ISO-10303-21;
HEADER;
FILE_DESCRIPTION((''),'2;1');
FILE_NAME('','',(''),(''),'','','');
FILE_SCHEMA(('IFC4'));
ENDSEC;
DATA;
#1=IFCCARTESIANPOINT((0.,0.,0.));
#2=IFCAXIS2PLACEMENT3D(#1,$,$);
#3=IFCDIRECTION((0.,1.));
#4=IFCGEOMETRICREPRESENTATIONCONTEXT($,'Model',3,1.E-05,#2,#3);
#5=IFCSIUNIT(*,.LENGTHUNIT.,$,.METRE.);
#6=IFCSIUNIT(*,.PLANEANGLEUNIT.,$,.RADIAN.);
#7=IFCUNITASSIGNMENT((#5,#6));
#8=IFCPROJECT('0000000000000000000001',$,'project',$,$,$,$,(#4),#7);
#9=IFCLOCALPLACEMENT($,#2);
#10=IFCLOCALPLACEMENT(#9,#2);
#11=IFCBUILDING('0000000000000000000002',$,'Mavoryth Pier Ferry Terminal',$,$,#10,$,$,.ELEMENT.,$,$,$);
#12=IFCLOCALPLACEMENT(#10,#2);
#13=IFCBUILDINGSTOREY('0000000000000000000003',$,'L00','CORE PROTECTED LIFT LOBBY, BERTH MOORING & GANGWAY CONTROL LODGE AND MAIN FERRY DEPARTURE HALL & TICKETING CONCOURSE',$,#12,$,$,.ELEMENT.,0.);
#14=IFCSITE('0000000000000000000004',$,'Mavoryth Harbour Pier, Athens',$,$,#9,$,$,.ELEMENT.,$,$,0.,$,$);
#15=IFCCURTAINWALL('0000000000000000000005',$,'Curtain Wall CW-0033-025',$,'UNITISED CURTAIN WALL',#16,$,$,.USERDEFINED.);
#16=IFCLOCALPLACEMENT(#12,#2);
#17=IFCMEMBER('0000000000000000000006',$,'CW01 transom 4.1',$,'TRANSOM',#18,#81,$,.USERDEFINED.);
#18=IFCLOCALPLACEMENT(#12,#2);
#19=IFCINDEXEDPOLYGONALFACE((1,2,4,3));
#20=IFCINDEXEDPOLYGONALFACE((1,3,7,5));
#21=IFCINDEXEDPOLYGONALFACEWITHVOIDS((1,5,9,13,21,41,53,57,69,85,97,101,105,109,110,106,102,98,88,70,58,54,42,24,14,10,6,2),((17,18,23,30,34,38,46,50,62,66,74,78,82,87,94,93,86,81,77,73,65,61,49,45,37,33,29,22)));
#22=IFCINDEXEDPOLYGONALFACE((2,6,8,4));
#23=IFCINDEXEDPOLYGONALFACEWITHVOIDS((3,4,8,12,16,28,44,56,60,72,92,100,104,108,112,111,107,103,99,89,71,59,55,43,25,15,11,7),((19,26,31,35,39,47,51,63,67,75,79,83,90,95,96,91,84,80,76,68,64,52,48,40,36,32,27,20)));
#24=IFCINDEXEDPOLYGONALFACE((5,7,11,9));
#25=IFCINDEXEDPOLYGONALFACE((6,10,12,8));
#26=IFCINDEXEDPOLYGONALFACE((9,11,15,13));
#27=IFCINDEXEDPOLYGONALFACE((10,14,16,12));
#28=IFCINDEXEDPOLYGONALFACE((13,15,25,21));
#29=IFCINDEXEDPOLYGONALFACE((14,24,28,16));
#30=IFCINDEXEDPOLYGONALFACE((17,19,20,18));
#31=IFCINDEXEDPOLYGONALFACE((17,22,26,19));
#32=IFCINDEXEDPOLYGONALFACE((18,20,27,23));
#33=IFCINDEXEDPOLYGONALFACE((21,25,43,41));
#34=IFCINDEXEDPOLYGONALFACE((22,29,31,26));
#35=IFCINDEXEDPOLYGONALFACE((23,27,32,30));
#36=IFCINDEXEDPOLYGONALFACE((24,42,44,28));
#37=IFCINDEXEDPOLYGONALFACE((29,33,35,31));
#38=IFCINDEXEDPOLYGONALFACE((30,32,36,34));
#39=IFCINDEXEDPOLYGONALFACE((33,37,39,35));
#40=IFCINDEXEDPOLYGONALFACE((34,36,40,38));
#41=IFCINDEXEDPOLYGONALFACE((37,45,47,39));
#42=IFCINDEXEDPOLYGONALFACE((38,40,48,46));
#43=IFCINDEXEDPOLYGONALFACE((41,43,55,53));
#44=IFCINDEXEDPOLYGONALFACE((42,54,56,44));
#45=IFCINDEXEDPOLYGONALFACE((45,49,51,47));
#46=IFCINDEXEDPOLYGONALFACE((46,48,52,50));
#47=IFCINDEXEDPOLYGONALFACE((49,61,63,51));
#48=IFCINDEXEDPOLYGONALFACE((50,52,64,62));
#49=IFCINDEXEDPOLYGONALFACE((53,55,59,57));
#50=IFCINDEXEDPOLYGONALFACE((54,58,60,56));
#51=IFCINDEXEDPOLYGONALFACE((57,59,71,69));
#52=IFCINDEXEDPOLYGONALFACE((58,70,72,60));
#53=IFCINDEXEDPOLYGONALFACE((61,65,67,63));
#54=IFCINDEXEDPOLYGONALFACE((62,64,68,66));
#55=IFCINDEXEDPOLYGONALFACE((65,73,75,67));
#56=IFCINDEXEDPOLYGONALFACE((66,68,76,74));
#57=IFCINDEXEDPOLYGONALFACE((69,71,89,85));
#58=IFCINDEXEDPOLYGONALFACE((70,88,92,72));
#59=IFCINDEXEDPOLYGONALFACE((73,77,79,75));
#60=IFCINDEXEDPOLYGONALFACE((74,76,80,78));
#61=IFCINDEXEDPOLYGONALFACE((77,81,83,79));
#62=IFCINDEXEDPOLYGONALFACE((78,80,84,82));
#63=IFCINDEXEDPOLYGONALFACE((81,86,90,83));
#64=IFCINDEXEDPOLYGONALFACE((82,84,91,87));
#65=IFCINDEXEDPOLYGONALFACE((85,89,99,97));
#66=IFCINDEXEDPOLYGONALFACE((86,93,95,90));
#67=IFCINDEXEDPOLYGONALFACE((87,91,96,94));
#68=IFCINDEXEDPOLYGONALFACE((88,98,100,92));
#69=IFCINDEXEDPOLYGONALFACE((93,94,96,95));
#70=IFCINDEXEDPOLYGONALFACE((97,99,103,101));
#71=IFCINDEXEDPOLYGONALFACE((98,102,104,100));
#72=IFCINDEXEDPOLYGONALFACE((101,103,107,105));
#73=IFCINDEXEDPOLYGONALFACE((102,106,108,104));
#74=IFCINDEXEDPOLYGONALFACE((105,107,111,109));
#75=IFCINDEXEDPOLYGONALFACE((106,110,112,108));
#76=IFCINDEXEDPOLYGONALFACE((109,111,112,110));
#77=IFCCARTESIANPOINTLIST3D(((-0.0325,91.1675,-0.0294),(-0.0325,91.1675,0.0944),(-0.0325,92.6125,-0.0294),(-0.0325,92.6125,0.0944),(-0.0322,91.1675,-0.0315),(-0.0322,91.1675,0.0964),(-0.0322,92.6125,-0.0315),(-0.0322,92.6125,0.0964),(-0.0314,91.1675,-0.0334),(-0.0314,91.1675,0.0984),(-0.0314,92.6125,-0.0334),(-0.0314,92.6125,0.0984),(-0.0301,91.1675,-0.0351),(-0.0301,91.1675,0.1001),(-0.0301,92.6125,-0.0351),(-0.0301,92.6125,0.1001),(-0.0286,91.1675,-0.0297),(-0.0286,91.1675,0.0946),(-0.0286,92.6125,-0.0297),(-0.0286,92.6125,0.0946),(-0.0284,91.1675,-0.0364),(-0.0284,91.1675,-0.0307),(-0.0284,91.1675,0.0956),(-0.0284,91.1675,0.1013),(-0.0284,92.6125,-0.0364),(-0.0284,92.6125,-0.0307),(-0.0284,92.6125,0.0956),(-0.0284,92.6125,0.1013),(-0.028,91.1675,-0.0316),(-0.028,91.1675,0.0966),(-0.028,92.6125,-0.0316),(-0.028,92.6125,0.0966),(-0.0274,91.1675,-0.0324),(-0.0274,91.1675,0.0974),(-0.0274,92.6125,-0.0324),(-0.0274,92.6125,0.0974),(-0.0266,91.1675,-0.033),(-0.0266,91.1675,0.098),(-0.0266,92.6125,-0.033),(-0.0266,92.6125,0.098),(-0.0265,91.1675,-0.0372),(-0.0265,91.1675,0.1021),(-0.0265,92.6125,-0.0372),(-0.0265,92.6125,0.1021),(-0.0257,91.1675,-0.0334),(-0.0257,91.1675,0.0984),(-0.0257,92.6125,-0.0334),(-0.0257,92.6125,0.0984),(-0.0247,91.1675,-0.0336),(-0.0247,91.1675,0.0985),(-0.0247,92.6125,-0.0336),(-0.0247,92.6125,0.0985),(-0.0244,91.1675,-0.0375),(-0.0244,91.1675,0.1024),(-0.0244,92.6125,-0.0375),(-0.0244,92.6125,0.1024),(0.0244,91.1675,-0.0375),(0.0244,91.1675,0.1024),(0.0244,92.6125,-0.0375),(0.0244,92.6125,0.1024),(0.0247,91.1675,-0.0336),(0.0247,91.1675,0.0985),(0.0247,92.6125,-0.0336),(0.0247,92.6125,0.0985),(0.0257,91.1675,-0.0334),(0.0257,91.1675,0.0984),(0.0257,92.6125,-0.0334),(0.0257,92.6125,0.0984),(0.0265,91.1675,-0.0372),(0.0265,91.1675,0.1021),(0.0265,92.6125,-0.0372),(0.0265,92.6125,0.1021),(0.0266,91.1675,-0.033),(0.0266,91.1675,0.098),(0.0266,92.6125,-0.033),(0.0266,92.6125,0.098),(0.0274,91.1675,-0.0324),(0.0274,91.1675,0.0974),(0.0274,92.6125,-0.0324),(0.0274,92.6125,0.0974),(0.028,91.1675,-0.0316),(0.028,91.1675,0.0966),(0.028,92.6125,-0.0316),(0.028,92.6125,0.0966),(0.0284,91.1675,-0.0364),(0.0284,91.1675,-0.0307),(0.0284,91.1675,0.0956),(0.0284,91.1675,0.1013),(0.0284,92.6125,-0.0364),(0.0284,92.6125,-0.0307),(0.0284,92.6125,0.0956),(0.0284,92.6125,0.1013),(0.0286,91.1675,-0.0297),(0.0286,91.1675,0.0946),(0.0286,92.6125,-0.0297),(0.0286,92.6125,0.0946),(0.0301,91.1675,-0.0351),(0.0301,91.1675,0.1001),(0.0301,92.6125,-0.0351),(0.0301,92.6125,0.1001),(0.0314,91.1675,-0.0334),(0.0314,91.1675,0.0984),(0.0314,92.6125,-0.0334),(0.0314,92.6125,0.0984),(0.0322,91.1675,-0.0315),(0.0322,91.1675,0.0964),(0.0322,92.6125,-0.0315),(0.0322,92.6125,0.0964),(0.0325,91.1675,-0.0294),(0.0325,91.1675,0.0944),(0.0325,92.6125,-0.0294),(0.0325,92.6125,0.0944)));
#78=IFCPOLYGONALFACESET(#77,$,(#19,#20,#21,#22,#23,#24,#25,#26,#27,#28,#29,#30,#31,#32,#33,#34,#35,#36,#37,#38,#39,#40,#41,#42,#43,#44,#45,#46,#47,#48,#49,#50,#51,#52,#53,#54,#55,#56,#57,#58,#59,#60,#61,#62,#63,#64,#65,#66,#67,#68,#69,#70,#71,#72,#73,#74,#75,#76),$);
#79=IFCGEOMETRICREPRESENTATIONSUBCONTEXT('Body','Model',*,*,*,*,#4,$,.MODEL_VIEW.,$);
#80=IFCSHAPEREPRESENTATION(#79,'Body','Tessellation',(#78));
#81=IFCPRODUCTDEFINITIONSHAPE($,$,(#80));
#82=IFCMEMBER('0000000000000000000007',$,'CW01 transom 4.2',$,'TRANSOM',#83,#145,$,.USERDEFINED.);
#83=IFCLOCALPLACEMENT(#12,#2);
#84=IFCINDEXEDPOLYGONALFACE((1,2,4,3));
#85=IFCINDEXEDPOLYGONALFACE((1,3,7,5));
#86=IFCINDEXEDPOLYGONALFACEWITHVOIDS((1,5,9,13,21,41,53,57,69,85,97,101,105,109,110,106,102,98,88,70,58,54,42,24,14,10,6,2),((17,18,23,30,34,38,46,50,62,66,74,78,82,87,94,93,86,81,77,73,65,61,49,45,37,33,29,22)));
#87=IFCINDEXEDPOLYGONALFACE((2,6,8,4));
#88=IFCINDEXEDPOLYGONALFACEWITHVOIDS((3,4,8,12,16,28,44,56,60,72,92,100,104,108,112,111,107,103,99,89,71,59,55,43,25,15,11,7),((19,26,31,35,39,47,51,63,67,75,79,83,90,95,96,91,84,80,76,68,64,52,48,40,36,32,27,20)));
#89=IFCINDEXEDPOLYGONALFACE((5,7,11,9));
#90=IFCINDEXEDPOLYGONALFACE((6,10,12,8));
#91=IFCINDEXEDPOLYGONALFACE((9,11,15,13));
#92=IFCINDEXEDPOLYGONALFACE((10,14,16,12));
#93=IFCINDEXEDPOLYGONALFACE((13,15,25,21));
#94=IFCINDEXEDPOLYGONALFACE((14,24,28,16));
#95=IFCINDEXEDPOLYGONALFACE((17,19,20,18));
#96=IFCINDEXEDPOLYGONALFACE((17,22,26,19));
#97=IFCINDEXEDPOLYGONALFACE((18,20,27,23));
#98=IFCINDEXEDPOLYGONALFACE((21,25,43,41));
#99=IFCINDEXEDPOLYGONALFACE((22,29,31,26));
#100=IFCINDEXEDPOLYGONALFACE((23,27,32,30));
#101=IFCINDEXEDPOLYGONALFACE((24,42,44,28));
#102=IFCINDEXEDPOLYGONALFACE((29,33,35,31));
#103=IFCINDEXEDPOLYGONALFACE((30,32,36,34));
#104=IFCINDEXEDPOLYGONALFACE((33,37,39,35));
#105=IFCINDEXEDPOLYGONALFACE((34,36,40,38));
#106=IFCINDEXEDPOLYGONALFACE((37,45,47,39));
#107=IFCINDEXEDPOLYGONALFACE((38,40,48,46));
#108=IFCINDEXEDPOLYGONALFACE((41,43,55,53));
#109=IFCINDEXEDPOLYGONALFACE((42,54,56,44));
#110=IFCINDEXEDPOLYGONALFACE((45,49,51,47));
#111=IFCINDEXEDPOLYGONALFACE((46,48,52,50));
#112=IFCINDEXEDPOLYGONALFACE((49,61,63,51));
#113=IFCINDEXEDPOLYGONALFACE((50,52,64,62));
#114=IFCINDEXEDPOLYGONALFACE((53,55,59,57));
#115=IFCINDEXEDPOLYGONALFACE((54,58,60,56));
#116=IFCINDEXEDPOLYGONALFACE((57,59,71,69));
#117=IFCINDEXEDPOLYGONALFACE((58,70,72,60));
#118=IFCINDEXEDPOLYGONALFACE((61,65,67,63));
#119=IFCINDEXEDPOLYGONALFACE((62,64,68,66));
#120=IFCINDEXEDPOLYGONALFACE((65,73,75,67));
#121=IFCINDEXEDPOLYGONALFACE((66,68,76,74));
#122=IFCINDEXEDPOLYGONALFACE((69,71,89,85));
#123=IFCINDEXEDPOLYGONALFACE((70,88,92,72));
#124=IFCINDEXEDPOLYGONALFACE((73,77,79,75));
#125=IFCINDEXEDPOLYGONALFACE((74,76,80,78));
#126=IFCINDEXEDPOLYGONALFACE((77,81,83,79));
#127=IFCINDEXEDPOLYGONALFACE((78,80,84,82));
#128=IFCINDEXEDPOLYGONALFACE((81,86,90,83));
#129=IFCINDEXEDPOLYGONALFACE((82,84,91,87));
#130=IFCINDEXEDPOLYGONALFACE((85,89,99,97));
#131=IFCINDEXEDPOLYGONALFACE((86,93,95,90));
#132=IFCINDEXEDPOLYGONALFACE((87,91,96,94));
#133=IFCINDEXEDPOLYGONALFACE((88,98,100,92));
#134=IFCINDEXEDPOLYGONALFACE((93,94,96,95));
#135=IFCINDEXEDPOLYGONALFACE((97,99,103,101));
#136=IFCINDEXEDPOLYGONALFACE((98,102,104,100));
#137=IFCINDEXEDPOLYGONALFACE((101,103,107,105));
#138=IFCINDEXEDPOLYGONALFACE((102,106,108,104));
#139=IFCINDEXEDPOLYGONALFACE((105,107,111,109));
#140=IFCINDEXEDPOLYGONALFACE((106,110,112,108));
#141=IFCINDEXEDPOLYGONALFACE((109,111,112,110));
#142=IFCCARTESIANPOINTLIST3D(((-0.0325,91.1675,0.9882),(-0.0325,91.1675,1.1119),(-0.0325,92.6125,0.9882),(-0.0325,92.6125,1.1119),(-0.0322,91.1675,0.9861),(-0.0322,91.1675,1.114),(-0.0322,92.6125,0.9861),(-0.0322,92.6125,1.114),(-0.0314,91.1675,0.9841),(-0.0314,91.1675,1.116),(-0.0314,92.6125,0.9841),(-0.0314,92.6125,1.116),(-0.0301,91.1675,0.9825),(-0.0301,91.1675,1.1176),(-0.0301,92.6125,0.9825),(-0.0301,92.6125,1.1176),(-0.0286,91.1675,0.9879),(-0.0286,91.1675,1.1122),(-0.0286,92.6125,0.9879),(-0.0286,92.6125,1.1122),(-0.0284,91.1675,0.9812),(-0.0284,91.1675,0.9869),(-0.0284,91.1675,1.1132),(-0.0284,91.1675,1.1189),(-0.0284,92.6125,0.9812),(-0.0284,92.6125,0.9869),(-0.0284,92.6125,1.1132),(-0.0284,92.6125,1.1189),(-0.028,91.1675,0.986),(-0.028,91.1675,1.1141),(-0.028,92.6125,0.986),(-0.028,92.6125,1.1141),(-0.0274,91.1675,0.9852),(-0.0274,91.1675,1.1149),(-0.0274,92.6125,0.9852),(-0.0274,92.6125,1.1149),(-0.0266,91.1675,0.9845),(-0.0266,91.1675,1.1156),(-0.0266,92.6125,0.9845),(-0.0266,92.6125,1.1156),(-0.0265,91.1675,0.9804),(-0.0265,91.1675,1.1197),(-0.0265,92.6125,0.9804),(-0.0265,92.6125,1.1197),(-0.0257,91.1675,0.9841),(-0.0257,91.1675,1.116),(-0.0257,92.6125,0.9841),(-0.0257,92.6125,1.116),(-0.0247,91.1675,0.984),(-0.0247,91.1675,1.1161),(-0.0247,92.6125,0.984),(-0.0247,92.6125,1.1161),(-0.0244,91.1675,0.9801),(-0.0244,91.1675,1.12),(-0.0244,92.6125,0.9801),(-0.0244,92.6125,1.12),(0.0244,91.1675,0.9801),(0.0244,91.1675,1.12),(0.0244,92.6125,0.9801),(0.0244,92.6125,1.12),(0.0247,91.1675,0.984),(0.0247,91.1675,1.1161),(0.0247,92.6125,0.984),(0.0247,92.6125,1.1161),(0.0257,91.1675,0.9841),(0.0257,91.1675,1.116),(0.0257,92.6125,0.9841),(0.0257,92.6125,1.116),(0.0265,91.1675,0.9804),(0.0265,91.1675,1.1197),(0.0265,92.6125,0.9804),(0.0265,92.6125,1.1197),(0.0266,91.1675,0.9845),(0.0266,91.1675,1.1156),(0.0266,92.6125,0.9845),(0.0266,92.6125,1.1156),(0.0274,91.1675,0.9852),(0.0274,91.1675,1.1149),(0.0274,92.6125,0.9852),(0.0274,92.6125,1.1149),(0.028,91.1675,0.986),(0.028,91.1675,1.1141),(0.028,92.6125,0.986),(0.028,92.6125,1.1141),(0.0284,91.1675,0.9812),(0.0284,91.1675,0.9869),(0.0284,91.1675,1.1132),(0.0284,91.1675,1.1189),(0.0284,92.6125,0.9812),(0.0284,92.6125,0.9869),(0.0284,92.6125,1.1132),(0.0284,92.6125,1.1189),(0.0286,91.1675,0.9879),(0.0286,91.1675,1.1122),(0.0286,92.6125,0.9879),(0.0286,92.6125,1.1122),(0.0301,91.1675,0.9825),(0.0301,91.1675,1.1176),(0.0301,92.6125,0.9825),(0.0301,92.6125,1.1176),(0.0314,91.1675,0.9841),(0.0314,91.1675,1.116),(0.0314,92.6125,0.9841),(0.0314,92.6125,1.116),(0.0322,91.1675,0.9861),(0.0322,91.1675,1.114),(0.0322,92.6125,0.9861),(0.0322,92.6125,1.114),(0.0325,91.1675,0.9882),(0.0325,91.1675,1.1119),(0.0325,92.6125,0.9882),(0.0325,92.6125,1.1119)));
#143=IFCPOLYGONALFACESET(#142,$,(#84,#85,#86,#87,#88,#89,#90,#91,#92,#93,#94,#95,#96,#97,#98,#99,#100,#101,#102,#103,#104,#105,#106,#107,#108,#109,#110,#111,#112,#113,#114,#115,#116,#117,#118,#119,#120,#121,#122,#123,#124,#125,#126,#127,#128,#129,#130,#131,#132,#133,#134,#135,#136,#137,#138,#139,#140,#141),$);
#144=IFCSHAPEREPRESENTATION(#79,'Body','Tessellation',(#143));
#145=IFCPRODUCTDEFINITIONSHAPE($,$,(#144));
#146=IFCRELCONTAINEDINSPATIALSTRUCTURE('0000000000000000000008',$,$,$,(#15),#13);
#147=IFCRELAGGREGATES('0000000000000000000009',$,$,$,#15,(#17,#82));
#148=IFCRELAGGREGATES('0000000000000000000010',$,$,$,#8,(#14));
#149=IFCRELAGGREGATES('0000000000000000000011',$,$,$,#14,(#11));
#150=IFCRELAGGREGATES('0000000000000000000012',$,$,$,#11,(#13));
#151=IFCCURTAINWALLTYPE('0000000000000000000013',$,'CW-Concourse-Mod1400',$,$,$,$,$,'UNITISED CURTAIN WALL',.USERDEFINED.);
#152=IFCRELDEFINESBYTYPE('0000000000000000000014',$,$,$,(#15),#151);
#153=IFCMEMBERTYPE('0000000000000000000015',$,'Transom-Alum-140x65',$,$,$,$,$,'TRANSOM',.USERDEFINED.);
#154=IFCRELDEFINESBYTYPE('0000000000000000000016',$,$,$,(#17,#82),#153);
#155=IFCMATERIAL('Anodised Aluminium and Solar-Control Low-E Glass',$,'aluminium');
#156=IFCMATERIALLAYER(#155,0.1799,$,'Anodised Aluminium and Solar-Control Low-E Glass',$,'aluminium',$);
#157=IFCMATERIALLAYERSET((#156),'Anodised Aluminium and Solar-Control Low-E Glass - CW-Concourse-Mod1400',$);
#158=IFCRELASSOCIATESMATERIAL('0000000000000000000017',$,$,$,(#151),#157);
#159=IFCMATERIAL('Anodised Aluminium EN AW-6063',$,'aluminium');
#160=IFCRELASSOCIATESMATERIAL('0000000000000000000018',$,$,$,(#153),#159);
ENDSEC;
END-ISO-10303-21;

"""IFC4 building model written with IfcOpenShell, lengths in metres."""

from ifc_helpers import new_model, si_unit, direction, frame, origin, origin_2d, place, context, subcontext, project, spatial, hollow_rectangle, extrude, material, layer, layer_set, material_profile, profile_set, type_object, element, aggregate, save


model = new_model("IFC4")

# Units and contexts
model_context = context("Model", 3, precision=1e-05, world=origin(), true_north=direction((0.0, 1.0)))
body_context = subcontext(model_context, "Body", "Model", "MODEL_VIEW")
ifc_project = project(units=[si_unit("LENGTHUNIT", "METRE"), si_unit("PLANEANGLEUNIT", "RADIAN")], contexts=[model_context])

# Site, building, storey
site_placement = place(None, origin())
site = spatial("IfcSite", under=ifc_project, at=site_placement, Name="Mavoryth Harbour Pier, Athens", CompositionType="ELEMENT", RefElevation=0.0)
building_placement = place(site_placement, origin())
building = spatial("IfcBuilding", under=site, at=building_placement, Name="Mavoryth Pier Ferry Terminal", CompositionType="ELEMENT")
storey_placement = place(building_placement, origin())
storey = spatial("IfcBuildingStorey", under=building, at=storey_placement, Name="L00", Description="CORE PROTECTED LIFT LOBBY, BERTH MOORING & GANGWAY CONTROL LODGE AND MAIN FERRY DEPARTURE HALL & TICKETING CONCOURSE", CompositionType="ELEMENT", Elevation=0.0)

# Curtain wall, members
ifc_material_1 = material(Name="Anodised Aluminium and Solar-Control Low-E Glass", Category="aluminium")
ifc_layer_1 = layer(ifc_material_1, 0.1799, Name="Anodised Aluminium and Solar-Control Low-E Glass", Category="aluminium")
ifc_layer_set_1 = layer_set([ifc_layer_1], Name="Anodised Aluminium and Solar-Control Low-E Glass - CW-Concourse-Mod1400")
curtain_wall_type = type_object("IfcCurtainWallType", Name="CW-Concourse-Mod1400", ElementType="UNITISED CURTAIN WALL", PredefinedType="USERDEFINED", material=ifc_layer_set_1)
curtain_wall_placement = place(storey_placement, origin())
curtain_wall = element("IfcCurtainWall", 1, at=curtain_wall_placement, inside=storey, type_object=curtain_wall_type, Name="Curtain Wall CW-0033-025", ObjectType="UNITISED CURTAIN WALL", PredefinedType="USERDEFINED")
ifc_material_2 = material(Name="Anodised Aluminium EN AW-6063", Category="aluminium")
ifc_material_profile_1 = material_profile(ifc_material_2, hollow_rectangle(XDim=0.0649, YDim=0.1399, WallThickness=0.0039, InnerFilletRadius=0.0039, OuterFilletRadius=0.0081, at=origin_2d()), Name="AL-TRAN 140x65x4", Category="aluminium")
ifc_profile_set_1 = profile_set([ifc_material_profile_1], Name="Anodised Aluminium EN AW-6063 - AL-TRAN 140x65x4")
member_type_1 = type_object("IfcMemberType", Name="Transom-Alum-140x65", ElementType="TRANSOM", PredefinedType="USERDEFINED", material=ifc_profile_set_1)
member_1_placement = place(storey_placement, frame((0.0, 92.6125, 0.0325), z_axis=(0.0, -1.0, 0.0), x_axis=(1.0, 0.0, 0.0)))
member_1 = element("IfcMember", 2, at=member_1_placement, type_object=member_type_1, Name="CW01 transom 4.1", ObjectType="TRANSOM", PredefinedType="USERDEFINED", context=body_context, shape_type="SweptSolid", body=[
    extrude(hollow_rectangle(XDim=0.0649, YDim=0.1399, WallThickness=0.0039, InnerFilletRadius=0.0039, OuterFilletRadius=0.0081, at=origin_2d()), origin(), (0.0, 0.0, 1.0), 1.4451),
])
member_2_placement = place(storey_placement, frame((0.0, 92.6125, 1.05), z_axis=(0.0, -1.0, 0.0), x_axis=(1.0, 0.0, 0.0)))
member_2 = element("IfcMember", 3, at=member_2_placement, type_object=member_type_1, Name="CW01 transom 4.2", ObjectType="TRANSOM", PredefinedType="USERDEFINED", context=body_context, shape_type="SweptSolid", body=[
    extrude(hollow_rectangle(XDim=0.0649, YDim=0.1399, WallThickness=0.0039, InnerFilletRadius=0.0039, OuterFilletRadius=0.0081, at=origin_2d()), origin(), (0.0, 0.0, 1.0), 1.4451),
])
aggregate(curtain_wall, [member_1, member_2])

save(model, "model.ifc")
